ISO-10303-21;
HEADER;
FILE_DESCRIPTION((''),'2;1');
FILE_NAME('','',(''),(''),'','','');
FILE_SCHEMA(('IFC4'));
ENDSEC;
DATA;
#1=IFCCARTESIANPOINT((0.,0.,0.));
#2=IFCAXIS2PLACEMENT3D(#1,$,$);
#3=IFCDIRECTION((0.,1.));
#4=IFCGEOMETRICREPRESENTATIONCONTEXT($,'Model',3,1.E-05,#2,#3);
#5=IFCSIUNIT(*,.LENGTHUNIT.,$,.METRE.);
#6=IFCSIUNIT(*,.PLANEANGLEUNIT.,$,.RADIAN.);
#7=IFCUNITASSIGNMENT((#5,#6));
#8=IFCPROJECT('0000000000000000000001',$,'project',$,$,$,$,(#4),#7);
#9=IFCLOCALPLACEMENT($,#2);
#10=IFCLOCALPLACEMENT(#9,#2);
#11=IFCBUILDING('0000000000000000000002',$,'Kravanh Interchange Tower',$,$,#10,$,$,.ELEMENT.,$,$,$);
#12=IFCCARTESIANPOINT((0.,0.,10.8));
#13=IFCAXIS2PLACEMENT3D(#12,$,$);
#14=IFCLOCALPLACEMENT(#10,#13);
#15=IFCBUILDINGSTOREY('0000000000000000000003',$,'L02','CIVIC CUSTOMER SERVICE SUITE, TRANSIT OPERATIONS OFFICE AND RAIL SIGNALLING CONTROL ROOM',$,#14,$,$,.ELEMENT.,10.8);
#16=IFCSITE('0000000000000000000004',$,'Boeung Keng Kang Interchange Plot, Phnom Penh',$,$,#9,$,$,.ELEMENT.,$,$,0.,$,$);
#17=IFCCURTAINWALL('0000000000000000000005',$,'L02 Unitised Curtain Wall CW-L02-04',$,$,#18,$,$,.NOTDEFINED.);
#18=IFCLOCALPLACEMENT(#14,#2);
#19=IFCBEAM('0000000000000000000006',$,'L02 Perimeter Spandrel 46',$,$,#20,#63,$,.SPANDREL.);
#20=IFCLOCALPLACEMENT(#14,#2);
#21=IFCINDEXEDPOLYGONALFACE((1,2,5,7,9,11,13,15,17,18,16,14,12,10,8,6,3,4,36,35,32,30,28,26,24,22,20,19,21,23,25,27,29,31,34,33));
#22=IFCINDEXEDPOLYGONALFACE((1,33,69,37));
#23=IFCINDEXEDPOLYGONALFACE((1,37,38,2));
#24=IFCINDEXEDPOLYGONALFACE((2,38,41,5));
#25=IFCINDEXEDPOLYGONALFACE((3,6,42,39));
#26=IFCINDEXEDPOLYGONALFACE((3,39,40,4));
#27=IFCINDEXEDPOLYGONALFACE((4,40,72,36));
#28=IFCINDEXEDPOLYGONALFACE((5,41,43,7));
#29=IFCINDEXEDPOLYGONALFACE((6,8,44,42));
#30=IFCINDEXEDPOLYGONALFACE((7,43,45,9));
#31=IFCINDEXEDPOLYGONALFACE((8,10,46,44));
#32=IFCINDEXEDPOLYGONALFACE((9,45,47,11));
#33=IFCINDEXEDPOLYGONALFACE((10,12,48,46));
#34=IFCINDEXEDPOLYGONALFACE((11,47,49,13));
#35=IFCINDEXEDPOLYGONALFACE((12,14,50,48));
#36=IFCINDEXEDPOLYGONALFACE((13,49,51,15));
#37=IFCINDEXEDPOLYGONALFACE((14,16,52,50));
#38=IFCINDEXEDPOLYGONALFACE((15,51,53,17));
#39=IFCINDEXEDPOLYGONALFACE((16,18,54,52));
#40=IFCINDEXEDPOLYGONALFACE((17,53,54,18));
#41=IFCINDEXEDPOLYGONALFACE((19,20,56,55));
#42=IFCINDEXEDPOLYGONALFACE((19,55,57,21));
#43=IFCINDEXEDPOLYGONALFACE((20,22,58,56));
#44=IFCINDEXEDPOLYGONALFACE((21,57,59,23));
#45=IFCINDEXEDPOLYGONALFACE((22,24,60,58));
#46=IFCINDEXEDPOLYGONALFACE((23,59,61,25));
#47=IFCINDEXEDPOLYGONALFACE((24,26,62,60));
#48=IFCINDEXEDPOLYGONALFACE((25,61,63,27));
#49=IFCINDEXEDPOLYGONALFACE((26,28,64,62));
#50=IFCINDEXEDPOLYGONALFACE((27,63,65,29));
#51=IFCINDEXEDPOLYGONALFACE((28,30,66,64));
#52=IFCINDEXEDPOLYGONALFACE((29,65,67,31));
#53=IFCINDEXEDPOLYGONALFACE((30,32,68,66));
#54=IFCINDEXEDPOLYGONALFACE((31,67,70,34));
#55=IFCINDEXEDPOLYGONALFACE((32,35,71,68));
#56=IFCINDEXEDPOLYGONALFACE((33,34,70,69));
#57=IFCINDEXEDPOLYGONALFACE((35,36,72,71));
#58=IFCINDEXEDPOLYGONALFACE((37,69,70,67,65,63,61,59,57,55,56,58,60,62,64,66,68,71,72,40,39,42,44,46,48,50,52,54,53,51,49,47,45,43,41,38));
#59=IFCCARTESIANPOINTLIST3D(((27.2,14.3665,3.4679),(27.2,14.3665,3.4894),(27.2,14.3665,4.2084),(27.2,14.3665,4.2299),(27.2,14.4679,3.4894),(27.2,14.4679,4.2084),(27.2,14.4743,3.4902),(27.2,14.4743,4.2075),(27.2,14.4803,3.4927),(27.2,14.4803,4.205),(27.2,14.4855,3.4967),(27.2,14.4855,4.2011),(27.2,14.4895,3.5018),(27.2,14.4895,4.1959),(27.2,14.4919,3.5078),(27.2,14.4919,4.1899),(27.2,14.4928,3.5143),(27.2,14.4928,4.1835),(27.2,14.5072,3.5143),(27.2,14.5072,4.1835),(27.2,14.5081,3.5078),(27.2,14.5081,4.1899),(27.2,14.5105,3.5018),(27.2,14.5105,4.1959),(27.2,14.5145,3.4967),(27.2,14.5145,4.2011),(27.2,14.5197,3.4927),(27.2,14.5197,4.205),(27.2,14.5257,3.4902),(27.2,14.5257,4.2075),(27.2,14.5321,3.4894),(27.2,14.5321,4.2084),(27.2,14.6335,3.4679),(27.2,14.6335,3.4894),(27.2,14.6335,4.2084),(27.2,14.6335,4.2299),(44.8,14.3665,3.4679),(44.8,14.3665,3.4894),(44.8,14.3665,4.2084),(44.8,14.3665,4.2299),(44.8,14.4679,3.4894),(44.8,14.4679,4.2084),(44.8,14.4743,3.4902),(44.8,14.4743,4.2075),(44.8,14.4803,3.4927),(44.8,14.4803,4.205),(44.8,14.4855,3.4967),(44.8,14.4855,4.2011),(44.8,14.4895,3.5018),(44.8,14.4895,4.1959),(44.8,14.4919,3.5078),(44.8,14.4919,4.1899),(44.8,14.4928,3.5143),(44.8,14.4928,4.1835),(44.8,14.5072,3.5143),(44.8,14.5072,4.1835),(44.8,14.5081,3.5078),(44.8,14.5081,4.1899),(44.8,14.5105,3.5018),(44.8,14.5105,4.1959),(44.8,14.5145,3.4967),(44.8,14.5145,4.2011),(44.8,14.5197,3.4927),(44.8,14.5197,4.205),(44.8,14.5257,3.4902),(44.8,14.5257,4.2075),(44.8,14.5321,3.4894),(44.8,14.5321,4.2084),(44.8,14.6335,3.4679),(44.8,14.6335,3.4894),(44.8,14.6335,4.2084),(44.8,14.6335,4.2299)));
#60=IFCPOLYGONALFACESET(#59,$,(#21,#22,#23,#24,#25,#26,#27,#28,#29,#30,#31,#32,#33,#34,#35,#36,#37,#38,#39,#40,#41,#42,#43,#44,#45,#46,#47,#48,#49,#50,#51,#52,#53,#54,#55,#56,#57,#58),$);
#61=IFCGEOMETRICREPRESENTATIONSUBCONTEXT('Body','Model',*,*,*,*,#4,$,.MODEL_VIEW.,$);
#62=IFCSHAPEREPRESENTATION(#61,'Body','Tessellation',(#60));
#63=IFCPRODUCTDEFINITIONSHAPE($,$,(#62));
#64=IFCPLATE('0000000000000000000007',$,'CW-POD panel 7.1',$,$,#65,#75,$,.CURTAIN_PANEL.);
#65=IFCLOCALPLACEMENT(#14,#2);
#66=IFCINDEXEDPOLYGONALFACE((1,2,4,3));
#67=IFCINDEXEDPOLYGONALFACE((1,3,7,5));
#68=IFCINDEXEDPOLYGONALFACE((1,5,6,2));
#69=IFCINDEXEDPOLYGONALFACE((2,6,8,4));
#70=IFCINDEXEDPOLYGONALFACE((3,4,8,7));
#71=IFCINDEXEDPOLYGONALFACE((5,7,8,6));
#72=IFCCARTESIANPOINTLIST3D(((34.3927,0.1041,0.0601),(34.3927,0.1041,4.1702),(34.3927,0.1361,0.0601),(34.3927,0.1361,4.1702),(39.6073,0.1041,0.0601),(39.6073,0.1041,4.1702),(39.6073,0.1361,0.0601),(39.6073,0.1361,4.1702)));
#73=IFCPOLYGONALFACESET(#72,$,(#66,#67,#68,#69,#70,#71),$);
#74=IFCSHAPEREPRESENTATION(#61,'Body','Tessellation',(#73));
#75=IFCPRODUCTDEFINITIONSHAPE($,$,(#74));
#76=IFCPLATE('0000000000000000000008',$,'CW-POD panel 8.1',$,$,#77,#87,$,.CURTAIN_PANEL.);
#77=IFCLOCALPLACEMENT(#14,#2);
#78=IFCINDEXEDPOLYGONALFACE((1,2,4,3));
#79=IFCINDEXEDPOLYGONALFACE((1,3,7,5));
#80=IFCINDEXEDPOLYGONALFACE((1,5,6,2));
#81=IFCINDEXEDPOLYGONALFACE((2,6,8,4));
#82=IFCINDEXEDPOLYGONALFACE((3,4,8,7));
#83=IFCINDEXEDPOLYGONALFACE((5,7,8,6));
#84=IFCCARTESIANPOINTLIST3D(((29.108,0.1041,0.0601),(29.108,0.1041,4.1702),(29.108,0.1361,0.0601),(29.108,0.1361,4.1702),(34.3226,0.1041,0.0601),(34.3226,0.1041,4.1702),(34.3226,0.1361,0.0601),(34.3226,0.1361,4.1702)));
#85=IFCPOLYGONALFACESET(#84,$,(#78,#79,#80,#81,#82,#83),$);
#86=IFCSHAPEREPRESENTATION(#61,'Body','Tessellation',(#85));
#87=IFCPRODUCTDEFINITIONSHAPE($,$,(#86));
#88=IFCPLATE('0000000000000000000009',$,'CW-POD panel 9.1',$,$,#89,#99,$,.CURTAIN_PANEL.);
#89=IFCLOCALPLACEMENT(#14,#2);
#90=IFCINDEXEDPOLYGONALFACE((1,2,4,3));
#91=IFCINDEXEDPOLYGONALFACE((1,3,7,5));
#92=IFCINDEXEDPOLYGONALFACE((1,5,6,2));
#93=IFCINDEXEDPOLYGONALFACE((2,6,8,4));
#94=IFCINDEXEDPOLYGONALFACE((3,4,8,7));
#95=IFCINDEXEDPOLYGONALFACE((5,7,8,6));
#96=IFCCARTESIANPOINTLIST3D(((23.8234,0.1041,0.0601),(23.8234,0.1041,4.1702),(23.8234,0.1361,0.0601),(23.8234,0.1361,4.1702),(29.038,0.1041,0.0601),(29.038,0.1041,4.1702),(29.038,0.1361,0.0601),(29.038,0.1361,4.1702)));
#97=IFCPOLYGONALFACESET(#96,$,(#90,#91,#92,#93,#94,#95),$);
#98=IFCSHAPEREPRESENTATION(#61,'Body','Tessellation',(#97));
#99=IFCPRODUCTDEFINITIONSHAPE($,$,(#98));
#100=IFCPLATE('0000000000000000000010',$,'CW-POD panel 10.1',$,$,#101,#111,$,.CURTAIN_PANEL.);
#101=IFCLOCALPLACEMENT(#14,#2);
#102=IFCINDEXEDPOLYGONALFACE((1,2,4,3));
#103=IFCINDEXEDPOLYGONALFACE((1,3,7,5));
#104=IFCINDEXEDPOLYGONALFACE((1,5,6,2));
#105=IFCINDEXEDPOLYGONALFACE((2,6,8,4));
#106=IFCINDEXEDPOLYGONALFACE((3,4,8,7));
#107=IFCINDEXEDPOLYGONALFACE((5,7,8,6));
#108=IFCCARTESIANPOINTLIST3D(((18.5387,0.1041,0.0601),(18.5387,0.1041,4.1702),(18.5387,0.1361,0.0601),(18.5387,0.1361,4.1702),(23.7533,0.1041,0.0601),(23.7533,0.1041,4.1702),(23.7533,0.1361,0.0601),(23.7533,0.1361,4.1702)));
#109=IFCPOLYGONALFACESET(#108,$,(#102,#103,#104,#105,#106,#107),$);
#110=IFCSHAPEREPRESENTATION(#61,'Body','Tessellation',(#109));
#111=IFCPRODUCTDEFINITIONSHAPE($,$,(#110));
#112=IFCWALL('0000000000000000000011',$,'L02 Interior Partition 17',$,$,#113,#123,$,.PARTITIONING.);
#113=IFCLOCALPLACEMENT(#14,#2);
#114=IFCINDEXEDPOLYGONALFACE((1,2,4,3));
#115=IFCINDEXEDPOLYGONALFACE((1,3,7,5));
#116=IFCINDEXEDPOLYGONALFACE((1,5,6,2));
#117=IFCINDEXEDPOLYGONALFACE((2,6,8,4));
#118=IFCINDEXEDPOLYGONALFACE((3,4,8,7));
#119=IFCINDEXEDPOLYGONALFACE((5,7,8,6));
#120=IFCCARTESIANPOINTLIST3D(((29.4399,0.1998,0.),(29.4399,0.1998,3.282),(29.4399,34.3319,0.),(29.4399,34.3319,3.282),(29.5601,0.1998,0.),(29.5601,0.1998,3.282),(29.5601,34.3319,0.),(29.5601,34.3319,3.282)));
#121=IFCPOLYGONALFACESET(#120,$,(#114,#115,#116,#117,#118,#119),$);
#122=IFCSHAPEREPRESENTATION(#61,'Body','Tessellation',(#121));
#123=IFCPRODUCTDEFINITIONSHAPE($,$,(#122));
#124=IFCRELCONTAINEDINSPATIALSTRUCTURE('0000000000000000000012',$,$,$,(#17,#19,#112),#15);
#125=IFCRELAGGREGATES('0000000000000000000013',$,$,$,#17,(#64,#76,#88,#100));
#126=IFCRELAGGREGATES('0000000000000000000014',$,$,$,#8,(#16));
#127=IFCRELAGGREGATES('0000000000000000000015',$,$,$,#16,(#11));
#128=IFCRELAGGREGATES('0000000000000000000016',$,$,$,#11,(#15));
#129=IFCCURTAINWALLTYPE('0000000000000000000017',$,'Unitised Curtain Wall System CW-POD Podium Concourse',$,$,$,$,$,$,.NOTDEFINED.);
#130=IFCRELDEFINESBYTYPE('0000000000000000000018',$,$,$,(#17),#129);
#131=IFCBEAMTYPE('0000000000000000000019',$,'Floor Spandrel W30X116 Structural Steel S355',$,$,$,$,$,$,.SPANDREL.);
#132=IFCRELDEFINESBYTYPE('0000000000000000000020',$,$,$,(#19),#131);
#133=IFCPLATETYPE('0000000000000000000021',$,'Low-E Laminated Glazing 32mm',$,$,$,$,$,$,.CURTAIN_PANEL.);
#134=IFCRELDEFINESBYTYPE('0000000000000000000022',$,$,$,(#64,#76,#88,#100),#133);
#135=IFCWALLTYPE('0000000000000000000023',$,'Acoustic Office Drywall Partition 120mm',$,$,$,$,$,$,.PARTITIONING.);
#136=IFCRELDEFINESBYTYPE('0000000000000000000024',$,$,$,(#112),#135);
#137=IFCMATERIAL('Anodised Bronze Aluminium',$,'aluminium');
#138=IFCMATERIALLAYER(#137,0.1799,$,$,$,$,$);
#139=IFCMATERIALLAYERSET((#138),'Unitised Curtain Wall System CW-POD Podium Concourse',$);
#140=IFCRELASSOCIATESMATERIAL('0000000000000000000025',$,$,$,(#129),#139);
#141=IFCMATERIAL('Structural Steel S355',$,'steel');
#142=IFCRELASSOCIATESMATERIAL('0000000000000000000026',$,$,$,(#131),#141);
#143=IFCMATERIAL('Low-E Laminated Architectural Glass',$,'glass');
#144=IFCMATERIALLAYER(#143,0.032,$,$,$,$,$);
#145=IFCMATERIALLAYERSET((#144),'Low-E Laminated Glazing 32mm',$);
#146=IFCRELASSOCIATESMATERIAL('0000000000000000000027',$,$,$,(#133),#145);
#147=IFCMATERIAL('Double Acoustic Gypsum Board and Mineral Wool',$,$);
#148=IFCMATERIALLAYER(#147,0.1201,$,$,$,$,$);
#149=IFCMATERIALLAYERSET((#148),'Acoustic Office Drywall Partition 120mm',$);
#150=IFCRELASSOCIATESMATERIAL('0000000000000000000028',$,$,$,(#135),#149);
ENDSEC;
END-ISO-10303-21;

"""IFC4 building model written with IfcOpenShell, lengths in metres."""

from ifc_helpers import new_model, si_unit, direction, frame, frame_2d, origin, origin_2d, place, context, subcontext, project, spatial, rectangle, i_section, extrude, material, layer, layer_set, material_profile, profile_set, type_object, element, aggregate, save


model = new_model("IFC4")

# Units and contexts
model_context = context("Model", 3, precision=1e-05, world=origin(), true_north=direction((0.0, 1.0)))
body_context = subcontext(model_context, "Body", "Model", "MODEL_VIEW")
ifc_project = project(units=[si_unit("LENGTHUNIT", "METRE"), si_unit("PLANEANGLEUNIT", "RADIAN")], contexts=[model_context])

# Site, building, storey
site_placement = place(None, origin())
site = spatial("IfcSite", under=ifc_project, at=site_placement, Name="Boeung Keng Kang Interchange Plot, Phnom Penh", CompositionType="ELEMENT", RefElevation=0.0)
building_placement = place(site_placement, origin())
building = spatial("IfcBuilding", under=site, at=building_placement, Name="Kravanh Interchange Tower", CompositionType="ELEMENT")
storey_placement = place(building_placement, frame((0.0, 0.0, 10.8)))
storey = spatial("IfcBuildingStorey", under=building, at=storey_placement, Name="L02", Description="CIVIC CUSTOMER SERVICE SUITE, TRANSIT OPERATIONS OFFICE AND RAIL SIGNALLING CONTROL ROOM", CompositionType="ELEMENT", Elevation=10.8)

# Curtain wall
ifc_material_1 = material(Name="Anodised Bronze Aluminium", Category="aluminium")
ifc_layer_1 = layer(ifc_material_1, 0.1799)
ifc_layer_set_1 = layer_set([ifc_layer_1], Name="Unitised Curtain Wall System CW-POD Podium Concourse")
curtain_wall_type = type_object("IfcCurtainWallType", Name="Unitised Curtain Wall System CW-POD Podium Concourse", PredefinedType="NOTDEFINED", material=ifc_layer_set_1)
curtain_wall_placement = place(storey_placement, origin())
curtain_wall = element("IfcCurtainWall", 1, at=curtain_wall_placement, inside=storey, type_object=curtain_wall_type, Name="L02 Unitised Curtain Wall CW-L02-04", PredefinedType="NOTDEFINED")

# Beam
ifc_material_2 = material(Name="Structural Steel S355", Category="steel")
ifc_material_profile_1 = material_profile(ifc_material_2, i_section(OverallWidth=0.2671, OverallDepth=0.762, WebThickness=0.0144, FlangeThickness=0.0215, FilletRadius=0.0249, at=origin_2d()), Name="W30X116")
ifc_profile_set_1 = profile_set([ifc_material_profile_1], Name="Structural Steel S355")
beam_type_1 = type_object("IfcBeamType", Name="Floor Spandrel W30X116 Structural Steel S355", PredefinedType="SPANDREL", material=ifc_profile_set_1)
beam_1_placement = place(storey_placement, frame((27.2, 14.5, 3.8489), z_axis=(1.0, 0.0, 0.0), x_axis=(0.0, 1.0, 0.0)))
element("IfcBeam", 2, at=beam_1_placement, inside=storey, type_object=beam_type_1, Name="L02 Perimeter Spandrel 46", PredefinedType="SPANDREL", context=body_context, shape_type="SweptSolid", body=[
    extrude(i_section(OverallWidth=0.2671, OverallDepth=0.762, WebThickness=0.0144, FlangeThickness=0.0215, FilletRadius=0.0249, at=origin_2d()), origin(), (0.0, 0.0, 1.0), 17.6001),
])

# Plates
ifc_material_3 = material(Name="Low-E Laminated Architectural Glass", Category="glass")
ifc_layer_2 = layer(ifc_material_3, 0.032)
ifc_layer_set_2 = layer_set([ifc_layer_2], Name="Low-E Laminated Glazing 32mm")
plate_type = type_object("IfcPlateType", Name="Low-E Laminated Glazing 32mm", PredefinedType="CURTAIN_PANEL", material=ifc_layer_set_2)
plate_1_placement = place(storey_placement, frame((37.0, 0.1201, 0.0601), z_axis=(0.0, 0.0, 1.0), x_axis=(-1.0, 0.0, 0.0)))
plate_1 = element("IfcPlate", 3, at=plate_1_placement, type_object=plate_type, Name="CW-POD panel 7.1", PredefinedType="CURTAIN_PANEL", context=body_context, shape_type="SweptSolid", body=[
    extrude(rectangle(XDim=5.2146, YDim=0.032, at=origin_2d()), origin(), (0.0, 0.0, 1.0), 4.1101),
])
plate_2_placement = place(storey_placement, frame((31.7153, 0.1201, 0.0601), z_axis=(0.0, 0.0, 1.0), x_axis=(-1.0, 0.0, 0.0)))
plate_2 = element("IfcPlate", 4, at=plate_2_placement, type_object=plate_type, Name="CW-POD panel 8.1", PredefinedType="CURTAIN_PANEL", context=body_context, shape_type="SweptSolid", body=[
    extrude(rectangle(XDim=5.2146, YDim=0.032, at=origin_2d()), origin(), (0.0, 0.0, 1.0), 4.1101),
])
plate_3_placement = place(storey_placement, frame((26.4307, 0.1201, 0.0601), z_axis=(0.0, 0.0, 1.0), x_axis=(-1.0, 0.0, 0.0)))
plate_3 = element("IfcPlate", 5, at=plate_3_placement, type_object=plate_type, Name="CW-POD panel 9.1", PredefinedType="CURTAIN_PANEL", context=body_context, shape_type="SweptSolid", body=[
    extrude(rectangle(XDim=5.2146, YDim=0.032, at=origin_2d()), origin(), (0.0, 0.0, 1.0), 4.1101),
])
plate_4_placement = place(storey_placement, frame((21.146, 0.1201, 0.0601), z_axis=(0.0, 0.0, 1.0), x_axis=(-1.0, 0.0, 0.0)))
plate_4 = element("IfcPlate", 6, at=plate_4_placement, type_object=plate_type, Name="CW-POD panel 10.1", PredefinedType="CURTAIN_PANEL", context=body_context, shape_type="SweptSolid", body=[
    extrude(rectangle(XDim=5.2146, YDim=0.032, at=origin_2d()), origin(), (0.0, 0.0, 1.0), 4.1101),
])
aggregate(curtain_wall, [plate_1, plate_2, plate_3, plate_4])

# Wall
ifc_material_4 = material(Name="Double Acoustic Gypsum Board and Mineral Wool")
ifc_layer_3 = layer(ifc_material_4, 0.1201)
ifc_layer_set_3 = layer_set([ifc_layer_3], Name="Acoustic Office Drywall Partition 120mm")
wall_type = type_object("IfcWallType", Name="Acoustic Office Drywall Partition 120mm", PredefinedType="PARTITIONING", material=ifc_layer_set_3)
wall_placement = place(storey_placement, frame((29.5, 0.2, 0.0), z_axis=(0.0, 0.0, 1.0), x_axis=(0.0, 1.0, 0.0)))
element("IfcWall", 7, at=wall_placement, inside=storey, type_object=wall_type, Name="L02 Interior Partition 17", PredefinedType="PARTITIONING", context=body_context, shape_type="SweptSolid", body=[
    extrude(rectangle(XDim=34.1321, YDim=0.1201, at=frame_2d((17.0659, 0.0))), origin(), (0.0, 0.0, 1.0), 3.282),
])

save(model, "model.ifc")
